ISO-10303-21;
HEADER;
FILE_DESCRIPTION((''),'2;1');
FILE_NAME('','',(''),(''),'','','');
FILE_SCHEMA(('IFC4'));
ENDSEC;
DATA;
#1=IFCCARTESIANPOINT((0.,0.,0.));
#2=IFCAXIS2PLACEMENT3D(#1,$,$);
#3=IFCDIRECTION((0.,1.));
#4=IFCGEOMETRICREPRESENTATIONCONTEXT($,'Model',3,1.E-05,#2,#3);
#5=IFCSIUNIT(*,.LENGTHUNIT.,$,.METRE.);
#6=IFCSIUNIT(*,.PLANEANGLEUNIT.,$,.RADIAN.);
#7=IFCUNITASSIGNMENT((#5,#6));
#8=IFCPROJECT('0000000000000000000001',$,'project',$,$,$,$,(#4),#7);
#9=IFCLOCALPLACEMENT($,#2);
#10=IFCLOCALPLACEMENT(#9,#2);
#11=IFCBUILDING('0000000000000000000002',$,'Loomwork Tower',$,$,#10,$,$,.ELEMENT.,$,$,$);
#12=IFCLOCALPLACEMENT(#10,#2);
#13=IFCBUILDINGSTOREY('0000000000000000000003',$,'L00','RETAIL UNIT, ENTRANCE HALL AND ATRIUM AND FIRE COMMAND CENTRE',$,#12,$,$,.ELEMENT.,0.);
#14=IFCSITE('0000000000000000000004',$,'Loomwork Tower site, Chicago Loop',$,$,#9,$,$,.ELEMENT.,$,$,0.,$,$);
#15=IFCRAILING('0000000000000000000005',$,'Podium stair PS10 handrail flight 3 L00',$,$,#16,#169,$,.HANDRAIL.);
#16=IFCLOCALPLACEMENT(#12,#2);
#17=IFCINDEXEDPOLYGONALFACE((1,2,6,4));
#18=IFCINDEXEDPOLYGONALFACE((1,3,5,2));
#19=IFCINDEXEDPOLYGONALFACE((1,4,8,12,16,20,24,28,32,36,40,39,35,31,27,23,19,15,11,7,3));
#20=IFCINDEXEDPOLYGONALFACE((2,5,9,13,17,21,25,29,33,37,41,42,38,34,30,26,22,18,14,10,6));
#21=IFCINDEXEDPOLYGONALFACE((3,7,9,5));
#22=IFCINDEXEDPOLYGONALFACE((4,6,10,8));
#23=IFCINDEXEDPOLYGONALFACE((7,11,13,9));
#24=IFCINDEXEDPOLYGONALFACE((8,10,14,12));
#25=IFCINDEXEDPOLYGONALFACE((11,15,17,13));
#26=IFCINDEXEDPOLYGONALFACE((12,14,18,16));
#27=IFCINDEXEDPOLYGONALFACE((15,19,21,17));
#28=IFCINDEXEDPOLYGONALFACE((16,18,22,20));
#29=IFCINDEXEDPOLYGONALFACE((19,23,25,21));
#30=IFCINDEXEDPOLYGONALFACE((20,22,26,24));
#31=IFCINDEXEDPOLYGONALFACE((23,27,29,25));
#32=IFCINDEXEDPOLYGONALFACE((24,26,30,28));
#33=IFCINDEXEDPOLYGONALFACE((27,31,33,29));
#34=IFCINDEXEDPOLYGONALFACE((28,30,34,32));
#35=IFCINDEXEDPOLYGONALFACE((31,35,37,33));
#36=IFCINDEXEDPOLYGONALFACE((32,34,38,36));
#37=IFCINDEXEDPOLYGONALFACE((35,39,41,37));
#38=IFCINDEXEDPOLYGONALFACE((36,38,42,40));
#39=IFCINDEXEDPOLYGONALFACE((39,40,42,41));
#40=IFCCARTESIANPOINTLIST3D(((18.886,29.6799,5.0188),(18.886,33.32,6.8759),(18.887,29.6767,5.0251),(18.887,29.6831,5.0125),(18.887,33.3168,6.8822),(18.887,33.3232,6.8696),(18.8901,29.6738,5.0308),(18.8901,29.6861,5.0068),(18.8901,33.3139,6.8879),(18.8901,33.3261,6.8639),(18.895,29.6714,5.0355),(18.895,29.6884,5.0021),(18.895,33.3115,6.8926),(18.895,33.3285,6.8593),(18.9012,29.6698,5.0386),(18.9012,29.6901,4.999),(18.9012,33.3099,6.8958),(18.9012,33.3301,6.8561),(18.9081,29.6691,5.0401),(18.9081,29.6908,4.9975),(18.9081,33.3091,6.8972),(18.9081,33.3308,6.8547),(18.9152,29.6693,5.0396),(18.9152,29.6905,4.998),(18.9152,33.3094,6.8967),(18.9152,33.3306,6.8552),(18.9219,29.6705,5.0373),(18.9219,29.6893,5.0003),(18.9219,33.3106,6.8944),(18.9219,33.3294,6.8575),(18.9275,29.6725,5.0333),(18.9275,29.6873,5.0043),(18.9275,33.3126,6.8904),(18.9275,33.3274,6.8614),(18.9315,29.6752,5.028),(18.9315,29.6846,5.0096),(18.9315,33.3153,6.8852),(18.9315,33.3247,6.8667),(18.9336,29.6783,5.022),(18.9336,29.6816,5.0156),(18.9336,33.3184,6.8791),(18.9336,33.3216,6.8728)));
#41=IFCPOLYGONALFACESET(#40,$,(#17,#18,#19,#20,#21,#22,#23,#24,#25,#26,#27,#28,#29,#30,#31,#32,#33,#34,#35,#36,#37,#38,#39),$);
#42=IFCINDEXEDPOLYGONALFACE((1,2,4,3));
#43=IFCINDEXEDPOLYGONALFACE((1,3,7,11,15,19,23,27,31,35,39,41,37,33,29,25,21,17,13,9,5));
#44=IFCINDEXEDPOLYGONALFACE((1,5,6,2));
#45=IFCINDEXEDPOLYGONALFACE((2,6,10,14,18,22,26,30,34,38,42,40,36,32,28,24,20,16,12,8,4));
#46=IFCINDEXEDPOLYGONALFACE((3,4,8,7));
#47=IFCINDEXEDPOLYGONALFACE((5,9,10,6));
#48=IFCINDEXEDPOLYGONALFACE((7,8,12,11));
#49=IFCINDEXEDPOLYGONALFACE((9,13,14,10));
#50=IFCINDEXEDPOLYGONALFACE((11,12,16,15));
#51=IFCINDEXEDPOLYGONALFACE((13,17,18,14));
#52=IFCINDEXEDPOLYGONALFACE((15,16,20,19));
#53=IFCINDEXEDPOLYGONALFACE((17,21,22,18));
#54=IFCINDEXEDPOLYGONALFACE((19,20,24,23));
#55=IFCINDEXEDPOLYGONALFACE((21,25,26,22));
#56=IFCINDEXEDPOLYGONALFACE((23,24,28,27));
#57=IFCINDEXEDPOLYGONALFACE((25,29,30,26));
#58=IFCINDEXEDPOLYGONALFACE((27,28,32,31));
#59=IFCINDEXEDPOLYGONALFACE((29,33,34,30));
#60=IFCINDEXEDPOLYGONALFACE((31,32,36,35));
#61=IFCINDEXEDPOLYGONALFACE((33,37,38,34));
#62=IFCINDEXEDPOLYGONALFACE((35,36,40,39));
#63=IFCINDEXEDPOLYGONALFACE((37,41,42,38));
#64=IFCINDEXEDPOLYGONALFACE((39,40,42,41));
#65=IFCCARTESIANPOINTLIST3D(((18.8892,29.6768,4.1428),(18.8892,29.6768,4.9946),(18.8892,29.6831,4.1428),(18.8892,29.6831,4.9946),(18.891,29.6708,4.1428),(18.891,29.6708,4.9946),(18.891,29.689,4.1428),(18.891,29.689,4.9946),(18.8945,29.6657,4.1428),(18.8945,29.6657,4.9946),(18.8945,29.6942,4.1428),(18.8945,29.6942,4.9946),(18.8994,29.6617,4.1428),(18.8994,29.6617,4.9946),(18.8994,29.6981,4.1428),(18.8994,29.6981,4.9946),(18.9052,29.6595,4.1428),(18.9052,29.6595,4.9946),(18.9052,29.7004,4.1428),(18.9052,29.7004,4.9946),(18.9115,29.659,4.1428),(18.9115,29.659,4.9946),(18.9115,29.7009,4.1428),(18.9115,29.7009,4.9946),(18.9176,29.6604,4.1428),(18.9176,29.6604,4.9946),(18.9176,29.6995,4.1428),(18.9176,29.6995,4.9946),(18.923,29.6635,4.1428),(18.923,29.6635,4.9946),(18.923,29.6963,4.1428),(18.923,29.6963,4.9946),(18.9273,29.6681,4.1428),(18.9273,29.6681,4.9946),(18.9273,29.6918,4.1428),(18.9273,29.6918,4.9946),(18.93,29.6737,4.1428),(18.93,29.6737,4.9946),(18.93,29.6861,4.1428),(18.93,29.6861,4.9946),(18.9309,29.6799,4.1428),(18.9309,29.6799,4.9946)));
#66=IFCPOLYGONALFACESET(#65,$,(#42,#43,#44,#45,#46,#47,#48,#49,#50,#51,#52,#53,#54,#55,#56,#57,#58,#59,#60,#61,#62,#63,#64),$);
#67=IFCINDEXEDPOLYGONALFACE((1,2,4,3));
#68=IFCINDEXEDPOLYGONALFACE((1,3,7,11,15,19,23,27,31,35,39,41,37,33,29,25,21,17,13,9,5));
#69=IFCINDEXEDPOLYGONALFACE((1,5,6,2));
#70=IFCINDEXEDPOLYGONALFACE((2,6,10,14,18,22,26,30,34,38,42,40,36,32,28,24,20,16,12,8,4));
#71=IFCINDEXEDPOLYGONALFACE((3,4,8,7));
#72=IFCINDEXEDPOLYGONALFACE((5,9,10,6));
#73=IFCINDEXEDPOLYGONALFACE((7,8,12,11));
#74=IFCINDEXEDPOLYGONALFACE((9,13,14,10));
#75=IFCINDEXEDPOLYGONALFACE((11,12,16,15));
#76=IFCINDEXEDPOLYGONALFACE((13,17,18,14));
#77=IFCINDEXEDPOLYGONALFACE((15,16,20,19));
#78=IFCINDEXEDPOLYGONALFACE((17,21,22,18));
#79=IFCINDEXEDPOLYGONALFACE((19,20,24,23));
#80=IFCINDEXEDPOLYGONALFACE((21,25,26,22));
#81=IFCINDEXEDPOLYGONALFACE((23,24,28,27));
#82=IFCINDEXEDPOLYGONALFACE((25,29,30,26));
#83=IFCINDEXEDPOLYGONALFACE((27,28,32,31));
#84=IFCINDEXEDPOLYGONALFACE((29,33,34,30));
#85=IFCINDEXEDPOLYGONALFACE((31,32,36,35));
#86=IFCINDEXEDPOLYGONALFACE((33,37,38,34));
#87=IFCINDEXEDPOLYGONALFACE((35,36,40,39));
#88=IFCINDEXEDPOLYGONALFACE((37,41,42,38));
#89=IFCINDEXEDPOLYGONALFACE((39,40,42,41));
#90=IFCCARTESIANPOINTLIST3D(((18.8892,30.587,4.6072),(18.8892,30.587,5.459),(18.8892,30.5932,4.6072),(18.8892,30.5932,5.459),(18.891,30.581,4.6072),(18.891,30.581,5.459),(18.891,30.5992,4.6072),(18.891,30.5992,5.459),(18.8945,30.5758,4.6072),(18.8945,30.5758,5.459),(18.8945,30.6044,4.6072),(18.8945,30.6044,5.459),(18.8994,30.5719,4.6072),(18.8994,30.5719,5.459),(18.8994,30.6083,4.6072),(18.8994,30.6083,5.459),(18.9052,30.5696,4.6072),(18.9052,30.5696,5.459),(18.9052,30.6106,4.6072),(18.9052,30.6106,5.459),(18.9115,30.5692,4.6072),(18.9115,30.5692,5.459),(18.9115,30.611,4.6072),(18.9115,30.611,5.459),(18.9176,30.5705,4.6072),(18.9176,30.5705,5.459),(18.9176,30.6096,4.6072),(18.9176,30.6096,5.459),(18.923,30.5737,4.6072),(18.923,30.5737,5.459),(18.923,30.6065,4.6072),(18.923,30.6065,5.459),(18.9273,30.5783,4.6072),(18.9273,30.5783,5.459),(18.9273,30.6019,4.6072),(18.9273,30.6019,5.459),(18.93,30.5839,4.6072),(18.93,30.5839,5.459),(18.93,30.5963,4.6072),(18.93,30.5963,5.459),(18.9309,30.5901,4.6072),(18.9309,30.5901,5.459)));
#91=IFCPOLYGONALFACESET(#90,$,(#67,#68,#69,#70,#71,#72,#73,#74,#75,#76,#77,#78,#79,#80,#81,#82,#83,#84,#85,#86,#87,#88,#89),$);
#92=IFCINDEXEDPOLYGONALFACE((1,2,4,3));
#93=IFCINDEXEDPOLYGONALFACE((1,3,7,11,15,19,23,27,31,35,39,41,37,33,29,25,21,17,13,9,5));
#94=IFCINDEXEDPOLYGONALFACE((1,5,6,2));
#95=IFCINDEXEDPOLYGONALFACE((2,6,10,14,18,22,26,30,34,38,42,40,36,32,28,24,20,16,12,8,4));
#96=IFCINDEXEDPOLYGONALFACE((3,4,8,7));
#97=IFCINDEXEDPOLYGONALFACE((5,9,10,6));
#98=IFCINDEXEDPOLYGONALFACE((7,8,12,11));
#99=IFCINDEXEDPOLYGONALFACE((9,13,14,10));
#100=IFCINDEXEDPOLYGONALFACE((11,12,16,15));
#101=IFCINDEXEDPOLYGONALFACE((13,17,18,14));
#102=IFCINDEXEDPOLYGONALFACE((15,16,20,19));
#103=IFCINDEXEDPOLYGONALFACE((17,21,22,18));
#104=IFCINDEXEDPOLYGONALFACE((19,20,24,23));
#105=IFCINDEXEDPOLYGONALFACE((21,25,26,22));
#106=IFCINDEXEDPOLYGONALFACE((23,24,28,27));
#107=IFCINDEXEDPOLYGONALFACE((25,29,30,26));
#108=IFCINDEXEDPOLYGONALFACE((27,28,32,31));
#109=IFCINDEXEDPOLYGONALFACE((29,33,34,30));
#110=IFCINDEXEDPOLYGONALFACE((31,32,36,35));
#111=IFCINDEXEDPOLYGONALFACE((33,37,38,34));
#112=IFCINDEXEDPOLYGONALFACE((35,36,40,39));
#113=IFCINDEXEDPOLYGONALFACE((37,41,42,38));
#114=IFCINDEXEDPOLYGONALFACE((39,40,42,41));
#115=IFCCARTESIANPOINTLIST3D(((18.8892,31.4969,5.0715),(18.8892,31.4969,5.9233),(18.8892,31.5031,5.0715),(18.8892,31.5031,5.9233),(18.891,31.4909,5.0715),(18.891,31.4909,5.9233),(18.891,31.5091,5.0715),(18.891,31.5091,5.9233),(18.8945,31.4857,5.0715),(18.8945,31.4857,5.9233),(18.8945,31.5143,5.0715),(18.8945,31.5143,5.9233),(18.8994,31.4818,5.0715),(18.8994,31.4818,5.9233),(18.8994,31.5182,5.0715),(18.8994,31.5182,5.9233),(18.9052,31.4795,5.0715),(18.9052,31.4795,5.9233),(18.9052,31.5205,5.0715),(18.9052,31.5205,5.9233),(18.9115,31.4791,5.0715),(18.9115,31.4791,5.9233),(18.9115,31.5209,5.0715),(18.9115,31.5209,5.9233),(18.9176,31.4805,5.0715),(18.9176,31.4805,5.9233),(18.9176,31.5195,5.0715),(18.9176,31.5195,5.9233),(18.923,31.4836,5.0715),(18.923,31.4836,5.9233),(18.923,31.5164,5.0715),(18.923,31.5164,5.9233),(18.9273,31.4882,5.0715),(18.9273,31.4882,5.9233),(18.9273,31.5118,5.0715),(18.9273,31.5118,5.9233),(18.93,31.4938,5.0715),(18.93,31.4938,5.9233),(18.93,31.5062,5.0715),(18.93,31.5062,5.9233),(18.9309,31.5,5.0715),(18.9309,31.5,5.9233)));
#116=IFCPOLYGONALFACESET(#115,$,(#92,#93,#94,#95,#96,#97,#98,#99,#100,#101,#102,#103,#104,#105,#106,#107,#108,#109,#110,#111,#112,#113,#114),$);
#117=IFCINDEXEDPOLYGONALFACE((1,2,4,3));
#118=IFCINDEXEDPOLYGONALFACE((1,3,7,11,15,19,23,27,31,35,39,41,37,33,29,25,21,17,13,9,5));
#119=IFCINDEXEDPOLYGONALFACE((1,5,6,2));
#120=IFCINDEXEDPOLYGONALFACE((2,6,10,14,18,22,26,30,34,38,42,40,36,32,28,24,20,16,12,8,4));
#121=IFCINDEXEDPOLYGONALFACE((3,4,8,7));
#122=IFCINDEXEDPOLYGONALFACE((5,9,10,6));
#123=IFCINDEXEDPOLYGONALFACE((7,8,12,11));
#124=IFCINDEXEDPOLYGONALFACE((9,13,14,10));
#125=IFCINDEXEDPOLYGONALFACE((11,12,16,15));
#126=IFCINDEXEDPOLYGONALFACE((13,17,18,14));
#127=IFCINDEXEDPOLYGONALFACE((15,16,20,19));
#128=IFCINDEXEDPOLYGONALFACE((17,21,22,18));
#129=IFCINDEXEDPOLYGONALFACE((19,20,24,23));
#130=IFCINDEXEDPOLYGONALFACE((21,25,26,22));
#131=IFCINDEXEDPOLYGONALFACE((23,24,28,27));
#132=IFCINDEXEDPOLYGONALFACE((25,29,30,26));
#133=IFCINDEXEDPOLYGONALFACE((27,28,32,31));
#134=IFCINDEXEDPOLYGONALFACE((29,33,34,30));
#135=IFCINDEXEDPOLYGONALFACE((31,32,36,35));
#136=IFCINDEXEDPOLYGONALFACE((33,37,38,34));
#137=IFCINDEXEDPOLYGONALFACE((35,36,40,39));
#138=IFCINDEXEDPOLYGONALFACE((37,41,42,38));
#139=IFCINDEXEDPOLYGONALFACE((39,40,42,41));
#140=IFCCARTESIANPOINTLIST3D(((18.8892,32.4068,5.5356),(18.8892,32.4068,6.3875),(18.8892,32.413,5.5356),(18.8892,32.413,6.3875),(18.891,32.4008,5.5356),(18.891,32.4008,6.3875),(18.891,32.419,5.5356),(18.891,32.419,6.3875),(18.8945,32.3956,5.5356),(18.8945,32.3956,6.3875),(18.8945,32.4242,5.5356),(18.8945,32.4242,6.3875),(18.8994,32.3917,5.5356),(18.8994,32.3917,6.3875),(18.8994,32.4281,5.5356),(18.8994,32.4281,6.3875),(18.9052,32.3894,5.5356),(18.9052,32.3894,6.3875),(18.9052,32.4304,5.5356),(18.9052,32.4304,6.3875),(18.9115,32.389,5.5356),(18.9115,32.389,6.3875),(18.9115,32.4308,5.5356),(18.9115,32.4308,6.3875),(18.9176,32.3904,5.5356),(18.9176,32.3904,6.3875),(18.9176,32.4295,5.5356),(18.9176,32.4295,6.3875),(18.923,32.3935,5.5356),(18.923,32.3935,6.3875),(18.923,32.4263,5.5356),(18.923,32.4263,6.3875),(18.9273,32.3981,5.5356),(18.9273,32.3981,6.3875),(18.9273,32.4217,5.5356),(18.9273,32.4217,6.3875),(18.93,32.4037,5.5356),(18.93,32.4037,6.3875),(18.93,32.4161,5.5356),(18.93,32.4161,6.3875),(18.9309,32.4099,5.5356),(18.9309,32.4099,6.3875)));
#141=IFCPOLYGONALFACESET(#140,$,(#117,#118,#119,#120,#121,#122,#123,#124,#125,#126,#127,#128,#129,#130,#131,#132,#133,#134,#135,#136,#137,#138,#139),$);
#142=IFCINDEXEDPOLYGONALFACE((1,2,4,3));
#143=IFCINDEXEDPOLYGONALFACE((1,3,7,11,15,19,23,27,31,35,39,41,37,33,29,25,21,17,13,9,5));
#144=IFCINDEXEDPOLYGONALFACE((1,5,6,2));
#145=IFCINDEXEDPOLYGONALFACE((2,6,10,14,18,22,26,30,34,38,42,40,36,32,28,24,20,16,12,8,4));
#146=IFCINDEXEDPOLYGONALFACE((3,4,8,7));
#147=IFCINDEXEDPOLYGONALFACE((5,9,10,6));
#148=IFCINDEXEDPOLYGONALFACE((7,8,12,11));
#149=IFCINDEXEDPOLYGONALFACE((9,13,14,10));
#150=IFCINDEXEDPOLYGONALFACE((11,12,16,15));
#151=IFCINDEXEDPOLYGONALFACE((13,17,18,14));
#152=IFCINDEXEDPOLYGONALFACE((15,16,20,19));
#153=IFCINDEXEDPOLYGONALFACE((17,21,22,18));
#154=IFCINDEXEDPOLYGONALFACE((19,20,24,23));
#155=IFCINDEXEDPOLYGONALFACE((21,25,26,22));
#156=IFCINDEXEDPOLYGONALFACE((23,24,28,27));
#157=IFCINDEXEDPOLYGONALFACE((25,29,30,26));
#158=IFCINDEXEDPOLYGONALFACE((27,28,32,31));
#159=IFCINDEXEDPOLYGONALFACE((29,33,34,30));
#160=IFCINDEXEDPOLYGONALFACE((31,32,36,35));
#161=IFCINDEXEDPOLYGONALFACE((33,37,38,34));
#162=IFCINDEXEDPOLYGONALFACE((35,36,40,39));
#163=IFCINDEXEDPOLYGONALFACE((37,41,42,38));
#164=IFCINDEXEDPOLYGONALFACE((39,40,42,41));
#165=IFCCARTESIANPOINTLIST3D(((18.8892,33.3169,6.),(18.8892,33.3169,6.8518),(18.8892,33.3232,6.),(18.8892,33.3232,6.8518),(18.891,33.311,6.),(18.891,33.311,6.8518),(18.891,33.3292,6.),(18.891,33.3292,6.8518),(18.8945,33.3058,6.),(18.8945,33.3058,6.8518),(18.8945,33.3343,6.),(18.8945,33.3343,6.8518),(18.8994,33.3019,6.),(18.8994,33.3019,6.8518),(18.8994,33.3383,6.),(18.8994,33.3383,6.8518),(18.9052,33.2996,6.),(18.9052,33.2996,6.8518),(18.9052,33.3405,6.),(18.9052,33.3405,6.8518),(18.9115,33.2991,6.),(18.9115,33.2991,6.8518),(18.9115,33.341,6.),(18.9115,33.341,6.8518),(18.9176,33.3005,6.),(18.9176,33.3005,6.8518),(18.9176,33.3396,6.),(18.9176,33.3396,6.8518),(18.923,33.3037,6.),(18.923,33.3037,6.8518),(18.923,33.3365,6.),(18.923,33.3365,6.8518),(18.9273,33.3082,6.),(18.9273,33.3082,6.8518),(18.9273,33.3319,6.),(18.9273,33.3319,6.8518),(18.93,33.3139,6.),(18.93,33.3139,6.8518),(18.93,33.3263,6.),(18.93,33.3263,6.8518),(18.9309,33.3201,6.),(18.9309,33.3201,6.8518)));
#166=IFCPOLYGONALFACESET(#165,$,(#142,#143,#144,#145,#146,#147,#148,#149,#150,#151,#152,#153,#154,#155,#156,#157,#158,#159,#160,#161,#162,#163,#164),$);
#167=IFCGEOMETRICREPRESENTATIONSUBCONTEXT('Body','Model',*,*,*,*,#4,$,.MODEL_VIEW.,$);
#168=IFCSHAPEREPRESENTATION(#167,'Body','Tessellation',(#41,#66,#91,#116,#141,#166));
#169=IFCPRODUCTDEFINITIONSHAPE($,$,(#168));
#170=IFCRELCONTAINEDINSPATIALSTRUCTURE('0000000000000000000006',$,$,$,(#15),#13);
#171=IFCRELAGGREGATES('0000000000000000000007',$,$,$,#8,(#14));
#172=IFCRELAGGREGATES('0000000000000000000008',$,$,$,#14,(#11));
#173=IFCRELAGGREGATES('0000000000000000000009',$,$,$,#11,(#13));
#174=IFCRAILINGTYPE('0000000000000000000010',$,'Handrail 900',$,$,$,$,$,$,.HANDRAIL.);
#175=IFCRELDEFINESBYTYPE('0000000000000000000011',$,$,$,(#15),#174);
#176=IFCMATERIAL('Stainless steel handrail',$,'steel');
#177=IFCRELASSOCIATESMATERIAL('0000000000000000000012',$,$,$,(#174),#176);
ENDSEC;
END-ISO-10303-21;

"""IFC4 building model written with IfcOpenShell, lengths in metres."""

from ifc_helpers import new_model, si_unit, direction, frame, origin, origin_2d, place, context, subcontext, project, spatial, circle, extrude, material, type_object, element, save


model = new_model("IFC4")

# Units and contexts
model_context = context("Model", 3, precision=1e-05, world=origin(), true_north=direction((0.0, 1.0)))
body_context = subcontext(model_context, "Body", "Model", "MODEL_VIEW")
ifc_project = project(units=[si_unit("LENGTHUNIT", "METRE"), si_unit("PLANEANGLEUNIT", "RADIAN")], contexts=[model_context])

# Site, building, storey
site_placement = place(None, origin())
site = spatial("IfcSite", under=ifc_project, at=site_placement, Name="Loomwork Tower site, Chicago Loop", CompositionType="ELEMENT", RefElevation=0.0)
building_placement = place(site_placement, origin())
building = spatial("IfcBuilding", under=site, at=building_placement, Name="Loomwork Tower", CompositionType="ELEMENT")
storey_placement = place(building_placement, origin())
storey = spatial("IfcBuildingStorey", under=building, at=storey_placement, Name="L00", Description="RETAIL UNIT, ENTRANCE HALL AND ATRIUM AND FIRE COMMAND CENTRE", CompositionType="ELEMENT", Elevation=0.0)

# Railing
ifc_material_1 = material(Name="Stainless steel handrail", Category="steel")
railing_type = type_object("IfcRailingType", Name="Handrail 900", PredefinedType="HANDRAIL", material=ifc_material_1)
for number, where, name in (
    (1, (18.9099, 29.6799, 4.1428), "Podium stair PS10 handrail flight 3 L00"),
):
    element("IfcRailing", number, at=place(storey_placement, frame(where)), inside=storey, type_object=railing_type, Name=name, PredefinedType="HANDRAIL", context=body_context, shape_type="SweptSolid", body=[
        extrude(circle(Radius=0.0239, at=origin_2d()), frame((0.0, 0.0, 0.876), z_axis=(0.0, 0.890765, 0.454464), x_axis=(-1.0, 0.0, 0.0)), (0.0, 0.0, 1.0), 4.0864),
        extrude(circle(Radius=0.021, at=origin_2d()), origin(), (0.0, 0.0, 1.0), 0.8518),
        extrude(circle(Radius=0.021, at=origin_2d()), frame((0.0, 0.9102, 0.4644)), (0.0, 0.0, 1.0), 0.8518),
        extrude(circle(Radius=0.021, at=origin_2d()), frame((0.0, 1.8201, 0.9287)), (0.0, 0.0, 1.0), 0.8518),
        extrude(circle(Radius=0.021, at=origin_2d()), frame((0.0, 2.73, 1.3928)), (0.0, 0.0, 1.0), 0.8518),
        extrude(circle(Radius=0.021, at=origin_2d()), frame((0.0, 3.6401, 1.8572)), (0.0, 0.0, 1.0), 0.8518),
    ])

save(model, "model.ifc")
